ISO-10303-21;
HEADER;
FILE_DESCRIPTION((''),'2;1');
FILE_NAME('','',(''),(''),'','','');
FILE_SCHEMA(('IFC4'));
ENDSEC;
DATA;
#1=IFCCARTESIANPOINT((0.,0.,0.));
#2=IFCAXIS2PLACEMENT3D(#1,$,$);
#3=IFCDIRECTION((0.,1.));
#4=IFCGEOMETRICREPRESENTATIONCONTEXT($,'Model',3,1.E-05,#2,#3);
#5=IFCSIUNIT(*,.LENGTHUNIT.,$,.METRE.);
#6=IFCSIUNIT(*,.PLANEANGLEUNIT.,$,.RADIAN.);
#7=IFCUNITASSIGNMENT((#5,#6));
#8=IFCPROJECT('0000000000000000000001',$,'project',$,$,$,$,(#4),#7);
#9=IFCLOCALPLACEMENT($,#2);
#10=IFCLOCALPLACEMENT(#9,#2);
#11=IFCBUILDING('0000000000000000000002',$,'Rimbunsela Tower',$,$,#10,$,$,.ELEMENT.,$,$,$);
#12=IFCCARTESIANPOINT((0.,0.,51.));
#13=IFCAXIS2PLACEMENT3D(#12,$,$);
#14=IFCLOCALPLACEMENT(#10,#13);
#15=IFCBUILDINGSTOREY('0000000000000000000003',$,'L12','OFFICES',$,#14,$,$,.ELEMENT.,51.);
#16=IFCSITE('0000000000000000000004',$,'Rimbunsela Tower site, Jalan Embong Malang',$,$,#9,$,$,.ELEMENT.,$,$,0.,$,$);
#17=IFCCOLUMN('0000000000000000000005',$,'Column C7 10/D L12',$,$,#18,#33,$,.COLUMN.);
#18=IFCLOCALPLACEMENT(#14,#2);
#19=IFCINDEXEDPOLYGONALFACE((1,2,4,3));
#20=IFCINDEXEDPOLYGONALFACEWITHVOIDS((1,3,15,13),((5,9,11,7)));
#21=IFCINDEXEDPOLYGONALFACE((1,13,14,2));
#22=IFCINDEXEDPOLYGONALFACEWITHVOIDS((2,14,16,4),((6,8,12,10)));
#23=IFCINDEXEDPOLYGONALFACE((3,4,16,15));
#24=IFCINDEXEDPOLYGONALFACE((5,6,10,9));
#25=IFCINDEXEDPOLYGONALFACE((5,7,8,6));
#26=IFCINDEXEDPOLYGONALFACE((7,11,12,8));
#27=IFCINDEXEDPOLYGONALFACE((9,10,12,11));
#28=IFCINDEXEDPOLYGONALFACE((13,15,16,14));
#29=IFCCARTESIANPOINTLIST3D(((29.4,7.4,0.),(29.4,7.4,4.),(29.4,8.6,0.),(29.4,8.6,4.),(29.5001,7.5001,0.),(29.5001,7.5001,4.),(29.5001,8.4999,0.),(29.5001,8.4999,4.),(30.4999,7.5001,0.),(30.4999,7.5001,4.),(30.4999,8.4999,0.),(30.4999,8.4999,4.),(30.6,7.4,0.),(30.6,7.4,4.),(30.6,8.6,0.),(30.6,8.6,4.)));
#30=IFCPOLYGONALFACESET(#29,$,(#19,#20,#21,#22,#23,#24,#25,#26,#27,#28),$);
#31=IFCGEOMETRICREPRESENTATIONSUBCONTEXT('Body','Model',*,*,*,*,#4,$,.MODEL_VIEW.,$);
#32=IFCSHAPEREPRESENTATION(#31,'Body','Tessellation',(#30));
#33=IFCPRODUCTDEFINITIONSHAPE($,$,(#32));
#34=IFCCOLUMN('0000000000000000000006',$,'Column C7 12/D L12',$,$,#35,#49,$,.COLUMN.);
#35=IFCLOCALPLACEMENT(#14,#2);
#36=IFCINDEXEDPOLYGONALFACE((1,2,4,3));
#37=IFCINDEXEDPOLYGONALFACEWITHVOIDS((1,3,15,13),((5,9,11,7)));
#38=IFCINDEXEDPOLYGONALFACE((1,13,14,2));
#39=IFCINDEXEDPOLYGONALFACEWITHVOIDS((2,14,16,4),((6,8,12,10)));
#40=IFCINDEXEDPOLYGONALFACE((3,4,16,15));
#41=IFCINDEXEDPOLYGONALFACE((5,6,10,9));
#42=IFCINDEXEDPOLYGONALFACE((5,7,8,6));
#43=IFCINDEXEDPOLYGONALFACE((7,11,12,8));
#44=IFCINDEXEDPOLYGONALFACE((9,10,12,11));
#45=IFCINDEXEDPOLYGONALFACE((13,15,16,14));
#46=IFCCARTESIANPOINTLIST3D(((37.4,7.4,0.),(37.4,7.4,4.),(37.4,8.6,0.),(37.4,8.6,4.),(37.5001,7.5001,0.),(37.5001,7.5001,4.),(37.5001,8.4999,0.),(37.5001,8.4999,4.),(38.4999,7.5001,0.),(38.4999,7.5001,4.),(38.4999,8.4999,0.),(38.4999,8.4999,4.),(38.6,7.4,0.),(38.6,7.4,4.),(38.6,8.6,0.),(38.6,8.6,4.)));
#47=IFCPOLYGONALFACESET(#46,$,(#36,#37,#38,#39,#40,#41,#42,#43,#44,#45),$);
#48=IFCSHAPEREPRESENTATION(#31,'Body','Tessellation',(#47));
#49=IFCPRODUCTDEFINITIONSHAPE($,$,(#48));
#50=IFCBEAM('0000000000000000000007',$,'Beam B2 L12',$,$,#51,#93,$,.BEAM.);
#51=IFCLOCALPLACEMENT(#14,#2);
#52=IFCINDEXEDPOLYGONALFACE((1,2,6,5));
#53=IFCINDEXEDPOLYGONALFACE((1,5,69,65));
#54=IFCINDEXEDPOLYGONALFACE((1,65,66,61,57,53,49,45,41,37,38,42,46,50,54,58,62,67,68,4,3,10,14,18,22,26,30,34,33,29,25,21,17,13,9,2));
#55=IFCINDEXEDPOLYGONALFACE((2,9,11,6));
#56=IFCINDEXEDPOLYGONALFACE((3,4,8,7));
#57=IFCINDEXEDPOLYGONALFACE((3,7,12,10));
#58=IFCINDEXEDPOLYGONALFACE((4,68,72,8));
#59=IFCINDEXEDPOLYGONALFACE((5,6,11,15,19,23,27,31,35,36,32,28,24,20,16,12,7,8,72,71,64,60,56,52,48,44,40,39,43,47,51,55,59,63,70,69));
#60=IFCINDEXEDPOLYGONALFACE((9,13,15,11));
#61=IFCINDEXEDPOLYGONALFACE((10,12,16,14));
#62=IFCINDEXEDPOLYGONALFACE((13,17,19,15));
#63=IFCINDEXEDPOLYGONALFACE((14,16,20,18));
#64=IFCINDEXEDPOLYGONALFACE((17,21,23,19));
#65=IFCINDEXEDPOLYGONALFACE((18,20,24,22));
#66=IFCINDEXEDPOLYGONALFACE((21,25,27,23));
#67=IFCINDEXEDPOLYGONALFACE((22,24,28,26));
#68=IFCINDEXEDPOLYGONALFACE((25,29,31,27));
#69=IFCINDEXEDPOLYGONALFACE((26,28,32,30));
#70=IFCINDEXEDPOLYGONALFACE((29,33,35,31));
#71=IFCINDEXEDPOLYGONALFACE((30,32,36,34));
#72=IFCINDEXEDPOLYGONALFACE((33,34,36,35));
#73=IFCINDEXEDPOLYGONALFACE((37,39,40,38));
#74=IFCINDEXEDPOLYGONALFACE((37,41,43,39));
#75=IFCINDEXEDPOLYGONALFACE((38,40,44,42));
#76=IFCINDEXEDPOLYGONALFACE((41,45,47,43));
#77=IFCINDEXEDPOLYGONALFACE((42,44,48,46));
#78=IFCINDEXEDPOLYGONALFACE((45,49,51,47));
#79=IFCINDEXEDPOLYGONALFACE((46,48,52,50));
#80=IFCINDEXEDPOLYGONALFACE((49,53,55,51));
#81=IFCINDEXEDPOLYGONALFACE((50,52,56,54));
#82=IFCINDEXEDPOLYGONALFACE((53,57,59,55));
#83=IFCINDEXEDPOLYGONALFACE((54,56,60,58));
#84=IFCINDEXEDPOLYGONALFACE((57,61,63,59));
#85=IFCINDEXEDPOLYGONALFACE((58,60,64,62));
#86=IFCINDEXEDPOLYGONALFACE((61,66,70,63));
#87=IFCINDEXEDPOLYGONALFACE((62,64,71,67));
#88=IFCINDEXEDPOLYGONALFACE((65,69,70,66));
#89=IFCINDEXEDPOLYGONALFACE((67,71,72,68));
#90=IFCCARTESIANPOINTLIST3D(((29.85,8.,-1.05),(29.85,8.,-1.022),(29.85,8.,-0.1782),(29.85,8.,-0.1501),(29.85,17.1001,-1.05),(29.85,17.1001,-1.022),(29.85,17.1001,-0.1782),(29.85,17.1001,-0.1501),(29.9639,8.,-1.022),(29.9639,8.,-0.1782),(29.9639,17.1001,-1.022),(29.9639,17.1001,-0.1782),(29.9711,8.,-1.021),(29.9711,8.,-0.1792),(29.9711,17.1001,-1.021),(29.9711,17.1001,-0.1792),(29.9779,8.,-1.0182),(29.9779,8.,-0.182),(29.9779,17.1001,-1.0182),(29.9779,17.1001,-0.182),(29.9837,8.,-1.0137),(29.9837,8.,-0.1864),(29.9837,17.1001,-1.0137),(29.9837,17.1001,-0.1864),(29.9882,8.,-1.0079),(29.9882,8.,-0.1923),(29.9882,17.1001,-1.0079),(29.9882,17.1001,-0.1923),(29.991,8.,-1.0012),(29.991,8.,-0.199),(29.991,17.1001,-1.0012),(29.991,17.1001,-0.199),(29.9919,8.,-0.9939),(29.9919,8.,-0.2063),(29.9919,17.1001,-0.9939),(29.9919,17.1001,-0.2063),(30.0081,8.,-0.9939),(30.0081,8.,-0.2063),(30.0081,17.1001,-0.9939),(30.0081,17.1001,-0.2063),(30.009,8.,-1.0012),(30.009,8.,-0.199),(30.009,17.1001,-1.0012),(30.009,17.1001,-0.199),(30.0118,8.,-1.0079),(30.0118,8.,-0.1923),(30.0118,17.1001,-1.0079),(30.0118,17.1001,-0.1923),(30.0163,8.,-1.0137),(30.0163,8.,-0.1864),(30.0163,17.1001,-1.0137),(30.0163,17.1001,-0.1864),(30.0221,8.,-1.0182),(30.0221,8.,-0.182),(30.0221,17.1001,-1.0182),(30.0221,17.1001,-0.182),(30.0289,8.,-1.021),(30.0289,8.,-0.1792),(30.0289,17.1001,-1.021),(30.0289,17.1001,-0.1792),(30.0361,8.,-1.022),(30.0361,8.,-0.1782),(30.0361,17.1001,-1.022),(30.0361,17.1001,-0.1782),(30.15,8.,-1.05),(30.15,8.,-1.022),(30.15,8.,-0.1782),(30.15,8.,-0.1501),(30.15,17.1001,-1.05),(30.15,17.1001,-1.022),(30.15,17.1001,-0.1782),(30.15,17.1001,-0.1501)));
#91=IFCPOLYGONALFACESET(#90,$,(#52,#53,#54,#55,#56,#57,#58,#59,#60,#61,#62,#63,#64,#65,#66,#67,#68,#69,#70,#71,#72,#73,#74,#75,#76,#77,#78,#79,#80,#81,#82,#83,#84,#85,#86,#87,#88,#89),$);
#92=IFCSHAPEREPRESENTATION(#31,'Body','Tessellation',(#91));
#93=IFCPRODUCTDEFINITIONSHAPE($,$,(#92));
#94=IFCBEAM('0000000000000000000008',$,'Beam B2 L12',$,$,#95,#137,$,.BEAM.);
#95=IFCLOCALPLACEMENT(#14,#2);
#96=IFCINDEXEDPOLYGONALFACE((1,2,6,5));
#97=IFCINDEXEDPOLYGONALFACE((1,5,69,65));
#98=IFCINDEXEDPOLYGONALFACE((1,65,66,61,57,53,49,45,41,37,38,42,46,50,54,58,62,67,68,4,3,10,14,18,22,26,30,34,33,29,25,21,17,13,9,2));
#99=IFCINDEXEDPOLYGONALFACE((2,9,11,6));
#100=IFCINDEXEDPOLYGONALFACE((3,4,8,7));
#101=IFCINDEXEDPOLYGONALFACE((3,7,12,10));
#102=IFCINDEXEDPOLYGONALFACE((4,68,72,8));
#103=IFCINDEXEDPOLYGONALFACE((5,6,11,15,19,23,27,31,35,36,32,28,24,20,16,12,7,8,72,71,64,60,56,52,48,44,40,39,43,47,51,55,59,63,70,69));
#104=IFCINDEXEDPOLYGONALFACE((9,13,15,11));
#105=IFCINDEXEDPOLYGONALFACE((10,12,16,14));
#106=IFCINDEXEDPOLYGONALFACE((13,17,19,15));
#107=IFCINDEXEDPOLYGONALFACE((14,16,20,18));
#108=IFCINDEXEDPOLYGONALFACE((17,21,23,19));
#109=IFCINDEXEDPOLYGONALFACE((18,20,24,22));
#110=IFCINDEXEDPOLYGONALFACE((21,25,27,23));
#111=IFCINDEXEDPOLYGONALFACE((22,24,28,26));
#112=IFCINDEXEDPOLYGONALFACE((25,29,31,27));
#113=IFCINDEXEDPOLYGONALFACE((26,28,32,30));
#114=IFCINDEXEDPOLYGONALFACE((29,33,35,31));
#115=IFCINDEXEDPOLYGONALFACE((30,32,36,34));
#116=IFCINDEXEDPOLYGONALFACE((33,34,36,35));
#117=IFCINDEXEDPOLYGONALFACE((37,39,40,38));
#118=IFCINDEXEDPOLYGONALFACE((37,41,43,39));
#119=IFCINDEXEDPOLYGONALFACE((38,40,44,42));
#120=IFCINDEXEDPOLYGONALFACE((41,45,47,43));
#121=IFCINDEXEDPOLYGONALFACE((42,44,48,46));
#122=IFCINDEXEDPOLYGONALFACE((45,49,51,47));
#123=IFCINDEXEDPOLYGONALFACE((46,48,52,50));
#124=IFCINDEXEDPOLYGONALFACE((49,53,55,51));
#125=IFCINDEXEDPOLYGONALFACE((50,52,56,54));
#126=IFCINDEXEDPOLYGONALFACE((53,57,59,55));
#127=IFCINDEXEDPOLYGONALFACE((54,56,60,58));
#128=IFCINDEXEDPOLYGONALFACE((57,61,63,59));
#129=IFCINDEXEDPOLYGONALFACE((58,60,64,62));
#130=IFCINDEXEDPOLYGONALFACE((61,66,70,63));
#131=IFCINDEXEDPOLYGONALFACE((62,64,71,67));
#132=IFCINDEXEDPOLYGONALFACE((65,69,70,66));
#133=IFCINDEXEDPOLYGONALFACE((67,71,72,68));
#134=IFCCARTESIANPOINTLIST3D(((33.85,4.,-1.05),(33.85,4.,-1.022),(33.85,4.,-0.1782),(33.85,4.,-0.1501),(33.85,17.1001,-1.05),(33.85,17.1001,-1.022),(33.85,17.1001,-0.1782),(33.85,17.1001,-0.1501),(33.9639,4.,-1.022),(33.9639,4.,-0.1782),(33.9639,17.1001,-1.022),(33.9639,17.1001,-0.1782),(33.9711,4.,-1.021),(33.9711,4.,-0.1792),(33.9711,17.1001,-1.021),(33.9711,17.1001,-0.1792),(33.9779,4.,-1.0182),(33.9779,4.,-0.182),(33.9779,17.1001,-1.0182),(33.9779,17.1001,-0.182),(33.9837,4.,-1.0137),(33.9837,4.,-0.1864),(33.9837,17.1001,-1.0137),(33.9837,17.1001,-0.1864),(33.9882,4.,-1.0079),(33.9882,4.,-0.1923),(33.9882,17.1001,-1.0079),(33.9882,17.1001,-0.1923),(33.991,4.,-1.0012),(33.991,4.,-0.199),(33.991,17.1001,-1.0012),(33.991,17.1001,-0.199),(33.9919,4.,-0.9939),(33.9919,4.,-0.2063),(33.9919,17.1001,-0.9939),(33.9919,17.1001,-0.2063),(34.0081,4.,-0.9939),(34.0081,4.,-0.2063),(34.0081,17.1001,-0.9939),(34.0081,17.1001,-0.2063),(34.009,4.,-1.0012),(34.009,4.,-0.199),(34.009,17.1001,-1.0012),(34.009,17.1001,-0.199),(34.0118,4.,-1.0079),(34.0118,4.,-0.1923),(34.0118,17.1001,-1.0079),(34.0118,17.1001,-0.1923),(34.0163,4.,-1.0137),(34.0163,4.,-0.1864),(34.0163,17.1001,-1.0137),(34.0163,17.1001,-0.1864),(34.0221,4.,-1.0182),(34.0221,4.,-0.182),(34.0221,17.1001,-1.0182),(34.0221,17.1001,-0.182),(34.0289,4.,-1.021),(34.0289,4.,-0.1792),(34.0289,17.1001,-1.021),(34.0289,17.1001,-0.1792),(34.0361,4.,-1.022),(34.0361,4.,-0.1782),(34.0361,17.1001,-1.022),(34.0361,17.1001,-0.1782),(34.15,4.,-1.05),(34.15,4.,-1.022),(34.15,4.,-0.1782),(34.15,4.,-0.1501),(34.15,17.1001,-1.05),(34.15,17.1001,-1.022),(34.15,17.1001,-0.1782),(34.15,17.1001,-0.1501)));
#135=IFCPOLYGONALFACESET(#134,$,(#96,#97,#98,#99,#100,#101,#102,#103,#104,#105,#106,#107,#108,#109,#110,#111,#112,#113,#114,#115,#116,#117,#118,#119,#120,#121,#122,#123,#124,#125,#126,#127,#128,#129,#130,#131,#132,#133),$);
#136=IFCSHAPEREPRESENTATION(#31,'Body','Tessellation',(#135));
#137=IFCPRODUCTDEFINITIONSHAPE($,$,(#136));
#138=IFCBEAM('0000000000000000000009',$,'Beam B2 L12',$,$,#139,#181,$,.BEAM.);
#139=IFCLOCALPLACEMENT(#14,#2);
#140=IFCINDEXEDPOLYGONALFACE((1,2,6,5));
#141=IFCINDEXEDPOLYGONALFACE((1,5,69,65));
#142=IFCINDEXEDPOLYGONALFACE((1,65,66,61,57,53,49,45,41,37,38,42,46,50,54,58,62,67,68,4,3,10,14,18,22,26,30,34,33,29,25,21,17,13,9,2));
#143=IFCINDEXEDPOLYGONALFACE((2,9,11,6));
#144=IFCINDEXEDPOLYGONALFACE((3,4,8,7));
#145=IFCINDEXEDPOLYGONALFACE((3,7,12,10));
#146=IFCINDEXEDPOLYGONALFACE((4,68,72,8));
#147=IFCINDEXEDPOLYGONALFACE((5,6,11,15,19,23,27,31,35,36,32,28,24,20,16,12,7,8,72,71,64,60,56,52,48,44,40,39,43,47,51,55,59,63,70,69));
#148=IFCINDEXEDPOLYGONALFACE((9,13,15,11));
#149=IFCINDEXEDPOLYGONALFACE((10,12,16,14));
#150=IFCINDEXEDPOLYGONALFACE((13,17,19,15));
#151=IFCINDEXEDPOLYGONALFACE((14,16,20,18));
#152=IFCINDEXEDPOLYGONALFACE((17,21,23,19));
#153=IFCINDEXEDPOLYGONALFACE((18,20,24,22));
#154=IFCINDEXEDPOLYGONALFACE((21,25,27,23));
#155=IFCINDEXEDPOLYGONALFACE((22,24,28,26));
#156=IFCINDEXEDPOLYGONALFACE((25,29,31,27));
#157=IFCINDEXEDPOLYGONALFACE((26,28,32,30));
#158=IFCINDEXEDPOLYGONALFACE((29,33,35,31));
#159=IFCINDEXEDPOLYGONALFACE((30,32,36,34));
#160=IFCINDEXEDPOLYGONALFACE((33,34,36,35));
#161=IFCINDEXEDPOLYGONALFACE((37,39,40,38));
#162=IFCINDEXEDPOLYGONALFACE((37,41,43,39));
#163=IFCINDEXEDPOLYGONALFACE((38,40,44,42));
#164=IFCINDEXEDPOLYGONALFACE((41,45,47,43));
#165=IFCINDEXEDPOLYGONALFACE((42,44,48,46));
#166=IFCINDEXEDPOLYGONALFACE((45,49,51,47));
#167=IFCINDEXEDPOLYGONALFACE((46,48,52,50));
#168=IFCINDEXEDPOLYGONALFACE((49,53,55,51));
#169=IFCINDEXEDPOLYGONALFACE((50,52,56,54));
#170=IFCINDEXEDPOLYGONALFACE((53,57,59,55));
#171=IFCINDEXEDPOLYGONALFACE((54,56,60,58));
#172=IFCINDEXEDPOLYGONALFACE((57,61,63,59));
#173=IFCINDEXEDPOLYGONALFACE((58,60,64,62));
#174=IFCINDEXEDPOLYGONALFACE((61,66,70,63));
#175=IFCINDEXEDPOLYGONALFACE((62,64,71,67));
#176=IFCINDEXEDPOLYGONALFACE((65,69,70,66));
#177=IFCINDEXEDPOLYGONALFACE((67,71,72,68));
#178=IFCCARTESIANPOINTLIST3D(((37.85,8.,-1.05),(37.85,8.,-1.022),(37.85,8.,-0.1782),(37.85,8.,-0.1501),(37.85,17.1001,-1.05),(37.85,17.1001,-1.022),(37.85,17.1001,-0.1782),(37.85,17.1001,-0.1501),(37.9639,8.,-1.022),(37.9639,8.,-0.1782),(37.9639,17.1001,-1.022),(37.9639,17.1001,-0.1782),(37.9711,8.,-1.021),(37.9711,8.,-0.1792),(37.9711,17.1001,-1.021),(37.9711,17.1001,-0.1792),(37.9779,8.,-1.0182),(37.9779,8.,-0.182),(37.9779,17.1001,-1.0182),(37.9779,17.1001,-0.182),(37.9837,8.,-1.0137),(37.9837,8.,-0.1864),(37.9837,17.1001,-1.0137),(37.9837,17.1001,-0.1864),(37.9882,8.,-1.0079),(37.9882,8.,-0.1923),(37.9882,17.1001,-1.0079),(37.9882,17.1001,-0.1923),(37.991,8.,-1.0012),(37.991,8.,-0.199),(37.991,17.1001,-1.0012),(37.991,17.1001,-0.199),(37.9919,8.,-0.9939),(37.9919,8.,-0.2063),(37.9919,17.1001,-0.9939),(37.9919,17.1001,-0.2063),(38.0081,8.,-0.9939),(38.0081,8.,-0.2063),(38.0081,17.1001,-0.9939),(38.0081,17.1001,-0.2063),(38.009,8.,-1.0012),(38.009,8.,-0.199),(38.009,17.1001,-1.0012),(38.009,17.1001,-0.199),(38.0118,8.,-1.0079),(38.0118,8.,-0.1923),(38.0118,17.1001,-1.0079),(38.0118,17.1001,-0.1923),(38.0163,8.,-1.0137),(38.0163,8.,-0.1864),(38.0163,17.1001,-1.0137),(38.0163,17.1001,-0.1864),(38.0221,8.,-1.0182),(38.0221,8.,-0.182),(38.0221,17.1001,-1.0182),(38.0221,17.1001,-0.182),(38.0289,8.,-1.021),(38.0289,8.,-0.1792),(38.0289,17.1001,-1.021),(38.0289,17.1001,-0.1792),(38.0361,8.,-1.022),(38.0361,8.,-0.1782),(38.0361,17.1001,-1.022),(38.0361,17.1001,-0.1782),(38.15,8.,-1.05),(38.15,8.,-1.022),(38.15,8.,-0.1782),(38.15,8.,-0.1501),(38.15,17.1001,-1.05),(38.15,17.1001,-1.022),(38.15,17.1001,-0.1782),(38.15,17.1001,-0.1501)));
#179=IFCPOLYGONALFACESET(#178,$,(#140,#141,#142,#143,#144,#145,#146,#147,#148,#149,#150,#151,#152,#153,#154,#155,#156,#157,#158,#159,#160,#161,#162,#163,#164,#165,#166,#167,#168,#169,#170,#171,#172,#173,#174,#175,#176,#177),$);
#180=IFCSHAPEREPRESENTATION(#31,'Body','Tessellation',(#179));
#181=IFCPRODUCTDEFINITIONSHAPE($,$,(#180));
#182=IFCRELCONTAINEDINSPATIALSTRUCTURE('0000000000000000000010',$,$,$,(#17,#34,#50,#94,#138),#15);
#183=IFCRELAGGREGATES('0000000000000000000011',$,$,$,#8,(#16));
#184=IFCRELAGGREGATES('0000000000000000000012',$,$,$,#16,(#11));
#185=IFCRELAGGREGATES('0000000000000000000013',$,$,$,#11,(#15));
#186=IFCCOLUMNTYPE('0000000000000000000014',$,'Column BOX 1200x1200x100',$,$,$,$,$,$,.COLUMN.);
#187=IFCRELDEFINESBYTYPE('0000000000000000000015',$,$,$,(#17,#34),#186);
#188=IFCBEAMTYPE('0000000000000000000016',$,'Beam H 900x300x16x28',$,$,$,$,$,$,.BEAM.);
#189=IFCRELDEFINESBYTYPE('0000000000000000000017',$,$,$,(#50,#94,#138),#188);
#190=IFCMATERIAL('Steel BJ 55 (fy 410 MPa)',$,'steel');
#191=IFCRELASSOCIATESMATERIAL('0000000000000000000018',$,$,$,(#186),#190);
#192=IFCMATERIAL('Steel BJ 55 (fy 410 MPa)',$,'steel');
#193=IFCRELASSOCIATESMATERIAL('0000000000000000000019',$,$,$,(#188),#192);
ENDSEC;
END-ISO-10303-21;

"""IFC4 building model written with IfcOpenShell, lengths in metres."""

from ifc_helpers import new_model, si_unit, direction, frame, origin, origin_2d, place, context, subcontext, project, spatial, hollow_rectangle, i_section, extrude, material, material_profile, profile_set, type_object, element, save


model = new_model("IFC4")

# Units and contexts
model_context = context("Model", 3, precision=1e-05, world=origin(), true_north=direction((0.0, 1.0)))
body_context = subcontext(model_context, "Body", "Model", "MODEL_VIEW")
ifc_project = project(units=[si_unit("LENGTHUNIT", "METRE"), si_unit("PLANEANGLEUNIT", "RADIAN")], contexts=[model_context])

# Site, building, storey
site_placement = place(None, origin())
site = spatial("IfcSite", under=ifc_project, at=site_placement, Name="Rimbunsela Tower site, Jalan Embong Malang", CompositionType="ELEMENT", RefElevation=0.0)
building_placement = place(site_placement, origin())
building = spatial("IfcBuilding", under=site, at=building_placement, Name="Rimbunsela Tower", CompositionType="ELEMENT")
storey_placement = place(building_placement, frame((0.0, 0.0, 51.0)))
storey = spatial("IfcBuildingStorey", under=building, at=storey_placement, Name="L12", Description="OFFICES", CompositionType="ELEMENT", Elevation=51.0)

# Columns
ifc_material_1 = material(Name="Steel BJ 55 (fy 410 MPa)", Category="steel")
ifc_material_profile_1 = material_profile(ifc_material_1, hollow_rectangle(XDim=1.2, YDim=1.2, WallThickness=0.1001, at=origin_2d()), Name="BOX 1200x1200x100")
ifc_profile_set_1 = profile_set([ifc_material_profile_1], Name="Steel BJ 55 (fy 410 MPa)")
column_type = type_object("IfcColumnType", Name="Column BOX 1200x1200x100", PredefinedType="COLUMN", material=ifc_profile_set_1)
for number, where, z_axis, x_axis, name in (
    (1, (30.0, 8.0, 0.0), (0.0, 0.0, 1.0), (1.0, 0.0, 0.0), "Column C7 10/D L12"),
    (2, (38.0, 8.0, 0.0), (0.0, 0.0, 1.0), (1.0, 0.0, 0.0), "Column C7 12/D L12"),
):
    element("IfcColumn", number, at=place(storey_placement, frame(where, z_axis=z_axis, x_axis=x_axis)), inside=storey, type_object=column_type, Name=name, PredefinedType="COLUMN", context=body_context, shape_type="SweptSolid", body=[
        extrude(hollow_rectangle(XDim=1.2, YDim=1.2, WallThickness=0.1001, at=origin_2d()), origin(), (0.0, 0.0, 1.0), 4.0),
    ])

# Beams
ifc_material_2 = material(Name="Steel BJ 55 (fy 410 MPa)", Category="steel")
ifc_material_profile_2 = material_profile(ifc_material_2, i_section(OverallWidth=0.3, OverallDepth=0.8999, WebThickness=0.0161, FlangeThickness=0.0281, FilletRadius=0.0281, at=origin_2d()), Name="H 900x300x16x28")
ifc_profile_set_2 = profile_set([ifc_material_profile_2], Name="Steel BJ 55 (fy 410 MPa)")
beam_type = type_object("IfcBeamType", Name="Beam H 900x300x16x28", PredefinedType="BEAM", material=ifc_profile_set_2)
beam_1_placement = place(storey_placement, frame((30.0, 8.0, -0.6001), z_axis=(0.0, 1.0, 0.0), x_axis=(-1.0, 0.0, 0.0)))
element("IfcBeam", 3, at=beam_1_placement, inside=storey, type_object=beam_type, Name="Beam B2 L12", PredefinedType="BEAM", context=body_context, shape_type="SweptSolid", body=[
    extrude(i_section(OverallWidth=0.3, OverallDepth=0.8999, WebThickness=0.0161, FlangeThickness=0.0281, FilletRadius=0.0281, at=origin_2d()), origin(), (0.0, 0.0, 1.0), 9.1001),
])
beam_2_placement = place(storey_placement, frame((34.0, 4.0, -0.6001), z_axis=(0.0, 1.0, 0.0), x_axis=(-1.0, 0.0, 0.0)))
element("IfcBeam", 4, at=beam_2_placement, inside=storey, type_object=beam_type, Name="Beam B2 L12", PredefinedType="BEAM", context=body_context, shape_type="SweptSolid", body=[
    extrude(i_section(OverallWidth=0.3, OverallDepth=0.8999, WebThickness=0.0161, FlangeThickness=0.0281, FilletRadius=0.0281, at=origin_2d()), origin(), (0.0, 0.0, 1.0), 13.1001),
])
beam_3_placement = place(storey_placement, frame((38.0, 8.0, -0.6001), z_axis=(0.0, 1.0, 0.0), x_axis=(-1.0, 0.0, 0.0)))
element("IfcBeam", 5, at=beam_3_placement, inside=storey, type_object=beam_type, Name="Beam B2 L12", PredefinedType="BEAM", context=body_context, shape_type="SweptSolid", body=[
    extrude(i_section(OverallWidth=0.3, OverallDepth=0.8999, WebThickness=0.0161, FlangeThickness=0.0281, FilletRadius=0.0281, at=origin_2d()), origin(), (0.0, 0.0, 1.0), 9.1001),
])

save(model, "model.ifc")
